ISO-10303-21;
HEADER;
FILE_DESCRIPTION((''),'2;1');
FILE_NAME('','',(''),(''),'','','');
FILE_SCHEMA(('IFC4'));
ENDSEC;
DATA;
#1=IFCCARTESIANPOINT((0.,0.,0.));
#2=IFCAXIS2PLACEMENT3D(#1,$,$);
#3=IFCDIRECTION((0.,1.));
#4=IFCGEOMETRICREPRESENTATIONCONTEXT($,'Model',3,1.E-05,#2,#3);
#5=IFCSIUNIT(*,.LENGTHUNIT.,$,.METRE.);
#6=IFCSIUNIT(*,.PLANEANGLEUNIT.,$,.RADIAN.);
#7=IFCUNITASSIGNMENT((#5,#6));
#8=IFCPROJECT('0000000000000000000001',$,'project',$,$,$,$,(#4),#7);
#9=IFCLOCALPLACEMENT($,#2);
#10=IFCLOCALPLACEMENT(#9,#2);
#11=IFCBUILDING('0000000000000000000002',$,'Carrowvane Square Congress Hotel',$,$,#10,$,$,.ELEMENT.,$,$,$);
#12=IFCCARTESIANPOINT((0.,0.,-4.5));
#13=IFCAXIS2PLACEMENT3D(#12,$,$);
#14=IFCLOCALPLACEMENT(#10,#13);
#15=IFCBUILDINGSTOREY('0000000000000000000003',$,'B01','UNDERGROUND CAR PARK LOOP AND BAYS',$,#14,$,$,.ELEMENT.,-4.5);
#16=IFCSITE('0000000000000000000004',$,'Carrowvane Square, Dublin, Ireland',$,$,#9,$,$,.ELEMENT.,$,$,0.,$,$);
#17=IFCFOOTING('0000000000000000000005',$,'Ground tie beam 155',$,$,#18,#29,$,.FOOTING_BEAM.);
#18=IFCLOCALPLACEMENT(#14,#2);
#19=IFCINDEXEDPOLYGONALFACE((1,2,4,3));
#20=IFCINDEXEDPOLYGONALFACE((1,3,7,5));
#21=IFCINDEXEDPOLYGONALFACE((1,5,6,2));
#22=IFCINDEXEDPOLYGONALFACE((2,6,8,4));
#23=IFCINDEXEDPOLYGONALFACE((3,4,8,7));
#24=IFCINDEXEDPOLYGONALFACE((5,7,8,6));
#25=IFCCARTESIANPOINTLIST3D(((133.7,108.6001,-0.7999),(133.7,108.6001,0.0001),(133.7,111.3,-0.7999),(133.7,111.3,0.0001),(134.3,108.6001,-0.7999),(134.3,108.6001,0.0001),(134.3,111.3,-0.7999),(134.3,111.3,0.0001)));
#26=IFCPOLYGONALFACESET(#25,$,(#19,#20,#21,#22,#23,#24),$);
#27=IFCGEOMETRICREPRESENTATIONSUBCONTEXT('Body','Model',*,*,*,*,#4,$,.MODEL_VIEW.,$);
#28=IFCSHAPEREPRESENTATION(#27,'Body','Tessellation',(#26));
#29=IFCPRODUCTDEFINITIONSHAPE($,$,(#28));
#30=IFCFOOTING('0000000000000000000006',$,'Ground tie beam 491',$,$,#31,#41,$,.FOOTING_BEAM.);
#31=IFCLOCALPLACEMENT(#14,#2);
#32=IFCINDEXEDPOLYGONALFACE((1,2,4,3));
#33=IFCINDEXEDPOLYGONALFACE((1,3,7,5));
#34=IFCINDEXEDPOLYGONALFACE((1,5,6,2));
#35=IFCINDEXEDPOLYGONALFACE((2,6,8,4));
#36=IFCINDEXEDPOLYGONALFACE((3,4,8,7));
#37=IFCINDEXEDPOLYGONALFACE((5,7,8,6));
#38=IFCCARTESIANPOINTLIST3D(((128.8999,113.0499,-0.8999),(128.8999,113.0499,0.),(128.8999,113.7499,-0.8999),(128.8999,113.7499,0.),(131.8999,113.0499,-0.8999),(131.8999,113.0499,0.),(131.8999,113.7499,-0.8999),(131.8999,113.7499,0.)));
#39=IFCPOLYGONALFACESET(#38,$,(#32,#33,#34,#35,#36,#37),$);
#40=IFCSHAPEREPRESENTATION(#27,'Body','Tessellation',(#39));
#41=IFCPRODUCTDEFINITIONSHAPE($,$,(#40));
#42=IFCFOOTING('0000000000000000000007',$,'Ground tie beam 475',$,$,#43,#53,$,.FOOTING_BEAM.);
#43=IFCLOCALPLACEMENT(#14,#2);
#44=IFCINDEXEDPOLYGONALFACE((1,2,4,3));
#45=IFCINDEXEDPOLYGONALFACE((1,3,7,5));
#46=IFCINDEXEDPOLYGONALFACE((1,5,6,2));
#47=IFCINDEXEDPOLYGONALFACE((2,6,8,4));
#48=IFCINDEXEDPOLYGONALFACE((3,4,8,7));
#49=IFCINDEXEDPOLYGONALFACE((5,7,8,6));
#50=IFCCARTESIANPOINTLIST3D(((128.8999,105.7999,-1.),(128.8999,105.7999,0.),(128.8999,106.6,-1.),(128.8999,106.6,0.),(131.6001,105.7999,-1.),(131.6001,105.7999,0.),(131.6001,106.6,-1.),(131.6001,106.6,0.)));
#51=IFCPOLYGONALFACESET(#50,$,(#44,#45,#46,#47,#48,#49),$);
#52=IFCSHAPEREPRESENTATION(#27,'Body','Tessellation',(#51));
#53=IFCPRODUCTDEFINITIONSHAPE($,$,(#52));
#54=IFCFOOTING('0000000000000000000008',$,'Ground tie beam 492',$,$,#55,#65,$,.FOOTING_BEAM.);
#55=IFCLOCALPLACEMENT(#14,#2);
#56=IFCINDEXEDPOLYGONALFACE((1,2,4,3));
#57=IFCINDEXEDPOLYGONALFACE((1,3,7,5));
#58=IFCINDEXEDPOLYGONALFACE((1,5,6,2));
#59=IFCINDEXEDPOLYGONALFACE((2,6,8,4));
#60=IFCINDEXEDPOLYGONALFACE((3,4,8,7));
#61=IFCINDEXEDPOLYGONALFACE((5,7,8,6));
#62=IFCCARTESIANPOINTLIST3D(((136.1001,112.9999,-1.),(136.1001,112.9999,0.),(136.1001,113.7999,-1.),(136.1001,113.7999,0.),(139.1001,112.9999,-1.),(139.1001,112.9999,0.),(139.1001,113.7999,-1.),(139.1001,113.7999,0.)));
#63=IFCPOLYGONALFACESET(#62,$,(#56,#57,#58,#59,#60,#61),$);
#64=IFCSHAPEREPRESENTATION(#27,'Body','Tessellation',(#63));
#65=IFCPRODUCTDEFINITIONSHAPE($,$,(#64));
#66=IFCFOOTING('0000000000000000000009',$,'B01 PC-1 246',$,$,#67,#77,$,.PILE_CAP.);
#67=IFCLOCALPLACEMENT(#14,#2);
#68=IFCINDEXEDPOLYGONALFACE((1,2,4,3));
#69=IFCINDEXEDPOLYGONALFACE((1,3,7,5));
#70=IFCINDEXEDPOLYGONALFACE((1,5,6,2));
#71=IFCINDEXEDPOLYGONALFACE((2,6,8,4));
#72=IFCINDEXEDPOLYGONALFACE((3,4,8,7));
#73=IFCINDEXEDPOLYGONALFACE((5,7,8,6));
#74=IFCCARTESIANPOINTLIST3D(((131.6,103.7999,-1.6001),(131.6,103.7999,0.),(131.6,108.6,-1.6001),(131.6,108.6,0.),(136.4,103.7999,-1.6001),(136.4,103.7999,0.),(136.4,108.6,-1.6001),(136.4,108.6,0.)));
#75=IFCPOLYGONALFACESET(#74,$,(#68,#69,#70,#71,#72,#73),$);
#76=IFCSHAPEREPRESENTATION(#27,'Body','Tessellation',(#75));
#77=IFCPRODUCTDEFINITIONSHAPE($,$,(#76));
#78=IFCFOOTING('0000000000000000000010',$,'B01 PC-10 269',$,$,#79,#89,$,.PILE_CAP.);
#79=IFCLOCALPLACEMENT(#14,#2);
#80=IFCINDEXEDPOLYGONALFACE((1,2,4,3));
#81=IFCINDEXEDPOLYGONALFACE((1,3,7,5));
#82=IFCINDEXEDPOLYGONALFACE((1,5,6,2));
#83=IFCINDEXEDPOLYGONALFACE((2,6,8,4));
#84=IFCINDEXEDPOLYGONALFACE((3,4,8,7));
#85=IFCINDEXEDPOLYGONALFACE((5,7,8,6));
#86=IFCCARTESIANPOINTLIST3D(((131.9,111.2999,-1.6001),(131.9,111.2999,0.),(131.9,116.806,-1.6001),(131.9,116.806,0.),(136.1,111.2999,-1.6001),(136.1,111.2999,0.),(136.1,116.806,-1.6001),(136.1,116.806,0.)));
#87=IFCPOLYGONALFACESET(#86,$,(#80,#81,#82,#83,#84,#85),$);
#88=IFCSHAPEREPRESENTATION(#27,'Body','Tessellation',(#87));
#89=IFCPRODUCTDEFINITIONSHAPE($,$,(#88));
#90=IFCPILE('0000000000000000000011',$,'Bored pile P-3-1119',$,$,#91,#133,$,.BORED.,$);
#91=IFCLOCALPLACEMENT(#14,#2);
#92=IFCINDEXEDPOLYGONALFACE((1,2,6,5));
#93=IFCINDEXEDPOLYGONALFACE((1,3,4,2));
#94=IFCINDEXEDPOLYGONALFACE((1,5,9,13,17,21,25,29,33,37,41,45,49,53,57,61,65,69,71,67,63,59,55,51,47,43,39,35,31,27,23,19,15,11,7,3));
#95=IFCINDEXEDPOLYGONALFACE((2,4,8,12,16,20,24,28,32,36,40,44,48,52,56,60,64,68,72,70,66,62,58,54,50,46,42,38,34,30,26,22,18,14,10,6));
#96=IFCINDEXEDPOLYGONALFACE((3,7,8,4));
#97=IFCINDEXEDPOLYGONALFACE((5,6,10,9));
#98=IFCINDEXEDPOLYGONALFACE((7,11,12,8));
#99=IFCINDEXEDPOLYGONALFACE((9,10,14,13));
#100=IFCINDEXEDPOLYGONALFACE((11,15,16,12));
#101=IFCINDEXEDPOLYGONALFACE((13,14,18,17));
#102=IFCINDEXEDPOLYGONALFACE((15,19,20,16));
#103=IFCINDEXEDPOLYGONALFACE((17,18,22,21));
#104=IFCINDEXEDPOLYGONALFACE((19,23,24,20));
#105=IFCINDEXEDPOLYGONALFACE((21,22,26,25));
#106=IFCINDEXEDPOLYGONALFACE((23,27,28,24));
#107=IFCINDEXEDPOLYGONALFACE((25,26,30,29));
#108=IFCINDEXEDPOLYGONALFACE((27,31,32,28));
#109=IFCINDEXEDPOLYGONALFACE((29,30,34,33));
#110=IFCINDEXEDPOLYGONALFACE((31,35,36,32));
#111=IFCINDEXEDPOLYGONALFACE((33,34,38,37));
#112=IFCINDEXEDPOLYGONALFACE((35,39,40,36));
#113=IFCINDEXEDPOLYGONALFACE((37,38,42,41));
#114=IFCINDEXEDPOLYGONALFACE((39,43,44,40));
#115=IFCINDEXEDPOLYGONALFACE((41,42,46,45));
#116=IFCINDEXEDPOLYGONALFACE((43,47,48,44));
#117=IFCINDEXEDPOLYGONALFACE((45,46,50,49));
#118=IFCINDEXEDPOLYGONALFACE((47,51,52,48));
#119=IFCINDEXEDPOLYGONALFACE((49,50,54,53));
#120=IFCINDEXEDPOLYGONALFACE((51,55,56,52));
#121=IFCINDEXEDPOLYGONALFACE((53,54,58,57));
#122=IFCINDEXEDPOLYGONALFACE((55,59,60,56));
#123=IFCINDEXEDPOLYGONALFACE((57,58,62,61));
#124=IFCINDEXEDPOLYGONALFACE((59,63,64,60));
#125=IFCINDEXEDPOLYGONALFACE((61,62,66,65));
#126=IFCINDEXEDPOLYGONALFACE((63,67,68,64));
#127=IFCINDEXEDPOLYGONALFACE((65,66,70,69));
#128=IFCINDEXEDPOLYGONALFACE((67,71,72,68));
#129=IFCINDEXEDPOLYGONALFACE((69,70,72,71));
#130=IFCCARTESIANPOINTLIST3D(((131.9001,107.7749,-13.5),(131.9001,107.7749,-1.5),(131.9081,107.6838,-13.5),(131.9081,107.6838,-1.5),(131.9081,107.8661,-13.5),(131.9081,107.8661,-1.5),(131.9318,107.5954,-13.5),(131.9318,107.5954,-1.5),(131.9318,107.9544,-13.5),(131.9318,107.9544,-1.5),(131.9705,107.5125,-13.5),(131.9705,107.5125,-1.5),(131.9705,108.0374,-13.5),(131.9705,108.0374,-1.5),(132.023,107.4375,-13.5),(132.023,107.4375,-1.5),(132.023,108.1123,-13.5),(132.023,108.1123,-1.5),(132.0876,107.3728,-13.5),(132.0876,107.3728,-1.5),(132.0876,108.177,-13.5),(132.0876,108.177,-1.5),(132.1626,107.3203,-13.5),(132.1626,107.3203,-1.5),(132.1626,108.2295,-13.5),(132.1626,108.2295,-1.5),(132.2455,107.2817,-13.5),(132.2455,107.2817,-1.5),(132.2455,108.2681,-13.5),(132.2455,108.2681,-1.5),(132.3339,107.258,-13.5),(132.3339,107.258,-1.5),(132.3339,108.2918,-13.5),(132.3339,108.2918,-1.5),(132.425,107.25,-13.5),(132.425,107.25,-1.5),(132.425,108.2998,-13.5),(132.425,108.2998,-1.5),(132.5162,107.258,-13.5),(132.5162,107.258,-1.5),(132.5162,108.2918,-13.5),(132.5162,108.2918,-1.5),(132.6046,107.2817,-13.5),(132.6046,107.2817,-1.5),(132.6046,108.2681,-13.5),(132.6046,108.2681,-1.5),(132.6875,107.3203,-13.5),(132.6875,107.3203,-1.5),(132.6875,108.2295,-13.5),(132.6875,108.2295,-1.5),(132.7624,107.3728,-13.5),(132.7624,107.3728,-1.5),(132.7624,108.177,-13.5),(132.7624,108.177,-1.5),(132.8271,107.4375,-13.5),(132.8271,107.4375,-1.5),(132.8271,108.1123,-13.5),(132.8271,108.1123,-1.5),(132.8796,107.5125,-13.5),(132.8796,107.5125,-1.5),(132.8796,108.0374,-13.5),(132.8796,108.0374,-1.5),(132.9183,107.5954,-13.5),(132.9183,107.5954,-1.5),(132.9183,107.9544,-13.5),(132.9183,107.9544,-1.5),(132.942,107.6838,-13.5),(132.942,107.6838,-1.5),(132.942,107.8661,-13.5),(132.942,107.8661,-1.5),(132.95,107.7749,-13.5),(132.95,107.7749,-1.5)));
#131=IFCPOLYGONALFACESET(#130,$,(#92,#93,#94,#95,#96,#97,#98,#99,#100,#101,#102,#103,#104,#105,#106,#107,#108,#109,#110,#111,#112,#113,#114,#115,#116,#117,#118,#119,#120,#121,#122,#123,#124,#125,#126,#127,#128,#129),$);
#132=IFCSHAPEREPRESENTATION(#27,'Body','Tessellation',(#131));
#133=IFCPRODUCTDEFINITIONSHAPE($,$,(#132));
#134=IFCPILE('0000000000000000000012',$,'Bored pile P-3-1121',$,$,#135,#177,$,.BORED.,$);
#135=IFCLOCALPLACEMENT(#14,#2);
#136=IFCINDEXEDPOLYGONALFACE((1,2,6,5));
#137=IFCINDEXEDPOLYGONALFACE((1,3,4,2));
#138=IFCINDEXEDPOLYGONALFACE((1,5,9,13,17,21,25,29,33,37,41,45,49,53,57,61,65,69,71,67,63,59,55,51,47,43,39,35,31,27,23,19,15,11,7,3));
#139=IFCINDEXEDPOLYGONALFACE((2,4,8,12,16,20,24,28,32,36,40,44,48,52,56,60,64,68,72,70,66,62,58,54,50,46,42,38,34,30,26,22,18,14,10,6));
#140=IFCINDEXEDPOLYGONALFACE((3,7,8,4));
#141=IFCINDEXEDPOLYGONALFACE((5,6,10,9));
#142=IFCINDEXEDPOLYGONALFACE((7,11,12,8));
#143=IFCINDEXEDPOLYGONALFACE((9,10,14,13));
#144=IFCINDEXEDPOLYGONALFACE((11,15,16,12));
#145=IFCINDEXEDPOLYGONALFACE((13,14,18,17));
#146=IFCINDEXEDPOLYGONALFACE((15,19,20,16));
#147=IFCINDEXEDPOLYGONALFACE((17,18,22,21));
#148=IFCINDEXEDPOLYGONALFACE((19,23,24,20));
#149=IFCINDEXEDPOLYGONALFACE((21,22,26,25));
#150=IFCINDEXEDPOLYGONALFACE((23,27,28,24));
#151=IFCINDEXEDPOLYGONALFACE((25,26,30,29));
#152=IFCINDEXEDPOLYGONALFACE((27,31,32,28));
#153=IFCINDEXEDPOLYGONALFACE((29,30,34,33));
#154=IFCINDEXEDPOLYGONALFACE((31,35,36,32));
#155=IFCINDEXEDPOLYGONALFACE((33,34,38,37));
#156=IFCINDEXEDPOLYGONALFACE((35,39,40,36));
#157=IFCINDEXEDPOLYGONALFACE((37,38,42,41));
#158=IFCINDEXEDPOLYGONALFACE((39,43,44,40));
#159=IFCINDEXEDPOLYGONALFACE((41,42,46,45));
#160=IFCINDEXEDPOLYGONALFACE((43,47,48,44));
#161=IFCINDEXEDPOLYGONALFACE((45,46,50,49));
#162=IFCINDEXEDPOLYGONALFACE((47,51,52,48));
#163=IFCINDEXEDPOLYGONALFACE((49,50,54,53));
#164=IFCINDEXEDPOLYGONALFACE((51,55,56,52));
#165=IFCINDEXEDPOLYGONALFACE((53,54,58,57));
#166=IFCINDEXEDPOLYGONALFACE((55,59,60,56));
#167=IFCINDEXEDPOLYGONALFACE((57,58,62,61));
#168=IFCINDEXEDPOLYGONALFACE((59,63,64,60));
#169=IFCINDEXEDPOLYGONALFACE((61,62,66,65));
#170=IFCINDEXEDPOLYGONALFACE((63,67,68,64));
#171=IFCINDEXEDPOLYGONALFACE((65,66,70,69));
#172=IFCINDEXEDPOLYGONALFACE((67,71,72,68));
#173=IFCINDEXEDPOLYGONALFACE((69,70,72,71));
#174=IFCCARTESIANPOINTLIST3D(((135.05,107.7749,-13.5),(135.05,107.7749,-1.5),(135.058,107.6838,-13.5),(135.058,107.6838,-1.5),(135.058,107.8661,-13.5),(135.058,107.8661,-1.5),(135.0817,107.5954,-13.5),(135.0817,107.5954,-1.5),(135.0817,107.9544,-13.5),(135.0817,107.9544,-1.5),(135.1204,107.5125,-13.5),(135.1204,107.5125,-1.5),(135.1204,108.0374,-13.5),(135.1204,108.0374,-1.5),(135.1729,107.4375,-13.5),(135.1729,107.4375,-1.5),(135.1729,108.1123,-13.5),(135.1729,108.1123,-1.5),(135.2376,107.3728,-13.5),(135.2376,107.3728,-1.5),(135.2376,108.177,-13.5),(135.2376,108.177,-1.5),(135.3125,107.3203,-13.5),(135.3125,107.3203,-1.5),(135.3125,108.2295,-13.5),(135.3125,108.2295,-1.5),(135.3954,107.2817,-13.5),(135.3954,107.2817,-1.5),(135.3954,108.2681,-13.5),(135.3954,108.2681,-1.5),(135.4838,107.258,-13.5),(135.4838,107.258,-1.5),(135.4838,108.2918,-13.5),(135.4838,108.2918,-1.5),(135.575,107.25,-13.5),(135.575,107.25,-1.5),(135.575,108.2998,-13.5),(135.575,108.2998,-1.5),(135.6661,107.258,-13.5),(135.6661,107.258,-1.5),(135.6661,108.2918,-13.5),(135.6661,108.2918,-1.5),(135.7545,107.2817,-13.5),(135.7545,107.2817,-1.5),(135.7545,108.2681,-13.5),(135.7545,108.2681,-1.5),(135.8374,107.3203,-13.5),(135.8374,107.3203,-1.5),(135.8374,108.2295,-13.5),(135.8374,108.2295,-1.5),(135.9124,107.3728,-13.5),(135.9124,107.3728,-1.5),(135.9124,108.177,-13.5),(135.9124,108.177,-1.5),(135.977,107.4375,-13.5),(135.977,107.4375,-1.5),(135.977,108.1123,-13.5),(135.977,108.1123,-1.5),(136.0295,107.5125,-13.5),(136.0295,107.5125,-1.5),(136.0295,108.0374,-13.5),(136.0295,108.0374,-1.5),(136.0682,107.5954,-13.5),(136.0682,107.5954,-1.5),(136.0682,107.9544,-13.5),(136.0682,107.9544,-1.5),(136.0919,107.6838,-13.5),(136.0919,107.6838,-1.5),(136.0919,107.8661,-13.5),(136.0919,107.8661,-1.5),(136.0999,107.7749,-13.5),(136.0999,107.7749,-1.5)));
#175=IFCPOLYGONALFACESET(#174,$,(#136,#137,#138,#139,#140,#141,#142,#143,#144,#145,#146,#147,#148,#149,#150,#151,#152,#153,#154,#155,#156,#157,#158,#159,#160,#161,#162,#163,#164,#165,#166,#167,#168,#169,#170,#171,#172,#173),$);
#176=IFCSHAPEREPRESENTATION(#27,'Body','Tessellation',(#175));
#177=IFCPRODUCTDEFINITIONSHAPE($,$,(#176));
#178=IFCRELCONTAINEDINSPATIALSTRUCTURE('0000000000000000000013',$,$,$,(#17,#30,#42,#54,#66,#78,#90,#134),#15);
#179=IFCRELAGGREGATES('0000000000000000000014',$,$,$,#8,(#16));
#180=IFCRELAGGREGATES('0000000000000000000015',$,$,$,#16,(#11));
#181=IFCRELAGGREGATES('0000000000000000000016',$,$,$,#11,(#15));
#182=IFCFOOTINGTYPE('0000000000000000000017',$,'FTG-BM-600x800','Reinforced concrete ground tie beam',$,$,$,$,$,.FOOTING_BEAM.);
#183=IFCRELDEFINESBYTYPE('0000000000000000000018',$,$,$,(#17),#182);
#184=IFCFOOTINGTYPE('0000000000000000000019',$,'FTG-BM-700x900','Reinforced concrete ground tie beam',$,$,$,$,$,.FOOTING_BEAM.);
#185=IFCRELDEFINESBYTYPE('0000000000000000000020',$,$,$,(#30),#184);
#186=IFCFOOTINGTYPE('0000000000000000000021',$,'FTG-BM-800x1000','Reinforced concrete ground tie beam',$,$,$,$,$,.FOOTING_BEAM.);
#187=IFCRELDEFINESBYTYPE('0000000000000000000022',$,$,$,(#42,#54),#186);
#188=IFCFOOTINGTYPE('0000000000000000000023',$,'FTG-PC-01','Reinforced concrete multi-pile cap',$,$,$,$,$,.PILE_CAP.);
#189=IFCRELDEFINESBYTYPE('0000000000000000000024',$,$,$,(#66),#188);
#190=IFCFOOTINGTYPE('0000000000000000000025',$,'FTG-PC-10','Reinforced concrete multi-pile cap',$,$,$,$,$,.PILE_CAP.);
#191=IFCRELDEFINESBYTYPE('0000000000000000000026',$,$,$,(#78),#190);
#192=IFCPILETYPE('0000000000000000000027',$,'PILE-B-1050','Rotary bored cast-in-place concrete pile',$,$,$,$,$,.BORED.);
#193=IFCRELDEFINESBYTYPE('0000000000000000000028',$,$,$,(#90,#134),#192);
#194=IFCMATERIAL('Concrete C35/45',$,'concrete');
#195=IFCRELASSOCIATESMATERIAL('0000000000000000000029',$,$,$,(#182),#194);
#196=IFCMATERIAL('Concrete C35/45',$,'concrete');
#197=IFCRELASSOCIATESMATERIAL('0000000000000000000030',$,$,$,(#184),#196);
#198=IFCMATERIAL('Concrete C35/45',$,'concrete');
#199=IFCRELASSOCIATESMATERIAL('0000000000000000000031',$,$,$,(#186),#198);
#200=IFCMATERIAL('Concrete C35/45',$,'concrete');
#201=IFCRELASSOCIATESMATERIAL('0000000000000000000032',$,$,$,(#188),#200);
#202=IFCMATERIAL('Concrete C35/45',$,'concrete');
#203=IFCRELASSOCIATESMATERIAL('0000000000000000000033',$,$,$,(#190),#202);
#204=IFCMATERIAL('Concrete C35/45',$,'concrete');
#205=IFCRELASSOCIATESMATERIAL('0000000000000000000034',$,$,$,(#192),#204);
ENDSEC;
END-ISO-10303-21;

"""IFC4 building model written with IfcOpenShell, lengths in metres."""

from ifc_helpers import new_model, si_unit, direction, frame, origin, origin_2d, place, context, subcontext, project, spatial, rectangle, circle, extrude, material, material_profile, profile_set, type_object, element, save


model = new_model("IFC4")

# Units and contexts
model_context = context("Model", 3, precision=1e-05, world=origin(), true_north=direction((0.0, 1.0)))
body_context = subcontext(model_context, "Body", "Model", "MODEL_VIEW")
ifc_project = project(units=[si_unit("LENGTHUNIT", "METRE"), si_unit("PLANEANGLEUNIT", "RADIAN")], contexts=[model_context])

# Site, building, storey
site_placement = place(None, origin())
site = spatial("IfcSite", under=ifc_project, at=site_placement, Name="Carrowvane Square, Dublin, Ireland", CompositionType="ELEMENT", RefElevation=0.0)
building_placement = place(site_placement, origin())
building = spatial("IfcBuilding", under=site, at=building_placement, Name="Carrowvane Square Congress Hotel", CompositionType="ELEMENT")
storey_placement = place(building_placement, frame((0.0, 0.0, -4.5)))
storey = spatial("IfcBuildingStorey", under=building, at=storey_placement, Name="B01", Description="UNDERGROUND CAR PARK LOOP AND BAYS", CompositionType="ELEMENT", Elevation=-4.5)

# Footings
ifc_material_1 = material(Name="Concrete C35/45", Category="concrete")
ifc_material_profile_1 = material_profile(ifc_material_1, rectangle(XDim=0.6001, YDim=0.8, at=origin_2d()), Name="RC 600x800")
ifc_profile_set_1 = profile_set([ifc_material_profile_1], Name="Concrete C35/45")
footing_type_1 = type_object("IfcFootingType", Name="FTG-BM-600x800", Description="Reinforced concrete ground tie beam", PredefinedType="FOOTING_BEAM", material=ifc_profile_set_1)
footing_1_placement = place(storey_placement, frame((134.0, 108.6001, -0.3999), z_axis=(0.0, 1.0, 0.0), x_axis=(-1.0, 0.0, 0.0)))
element("IfcFooting", 1, at=footing_1_placement, inside=storey, type_object=footing_type_1, Name="Ground tie beam 155", PredefinedType="FOOTING_BEAM", context=body_context, shape_type="SweptSolid", body=[
    extrude(rectangle(XDim=0.6001, YDim=0.8, at=origin_2d()), origin(), (0.0, 0.0, 1.0), 2.7),
])
ifc_material_2 = material(Name="Concrete C35/45", Category="concrete")
ifc_material_profile_2 = material_profile(ifc_material_2, rectangle(XDim=0.7, YDim=0.8999, at=origin_2d()), Name="RC 700x900")
ifc_profile_set_2 = profile_set([ifc_material_profile_2], Name="Concrete C35/45")
footing_type_2 = type_object("IfcFootingType", Name="FTG-BM-700x900", Description="Reinforced concrete ground tie beam", PredefinedType="FOOTING_BEAM", material=ifc_profile_set_2)
footing_2_placement = place(storey_placement, frame((128.8999, 113.3999, -0.45), z_axis=(1.0, 0.0, 0.0), x_axis=(0.0, 1.0, 0.0)))
element("IfcFooting", 2, at=footing_2_placement, inside=storey, type_object=footing_type_2, Name="Ground tie beam 491", PredefinedType="FOOTING_BEAM", context=body_context, shape_type="SweptSolid", body=[
    extrude(rectangle(XDim=0.7, YDim=0.8999, at=origin_2d()), origin(), (0.0, 0.0, 1.0), 3.0),
])
ifc_material_3 = material(Name="Concrete C35/45", Category="concrete")
ifc_material_profile_3 = material_profile(ifc_material_3, rectangle(XDim=0.8, YDim=1.0, at=origin_2d()), Name="RC 800x1000")
ifc_profile_set_3 = profile_set([ifc_material_profile_3], Name="Concrete C35/45")
footing_type_3 = type_object("IfcFootingType", Name="FTG-BM-800x1000", Description="Reinforced concrete ground tie beam", PredefinedType="FOOTING_BEAM", material=ifc_profile_set_3)
footing_3_placement = place(storey_placement, frame((128.8999, 106.2, -0.5), z_axis=(1.0, 0.0, 0.0), x_axis=(0.0, 1.0, 0.0)))
element("IfcFooting", 3, at=footing_3_placement, inside=storey, type_object=footing_type_3, Name="Ground tie beam 475", PredefinedType="FOOTING_BEAM", context=body_context, shape_type="SweptSolid", body=[
    extrude(rectangle(XDim=0.8, YDim=1.0, at=origin_2d()), origin(), (0.0, 0.0, 1.0), 2.7002),
])
footing_4_placement = place(storey_placement, frame((136.1001, 113.3999, -0.5), z_axis=(1.0, 0.0, 0.0), x_axis=(0.0, 1.0, 0.0)))
element("IfcFooting", 4, at=footing_4_placement, inside=storey, type_object=footing_type_3, Name="Ground tie beam 492", PredefinedType="FOOTING_BEAM", context=body_context, shape_type="SweptSolid", body=[
    extrude(rectangle(XDim=0.8, YDim=1.0, at=origin_2d()), origin(), (0.0, 0.0, 1.0), 3.0),
])
ifc_material_4 = material(Name="Concrete C35/45", Category="concrete")
footing_type_4 = type_object("IfcFootingType", Name="FTG-PC-01", Description="Reinforced concrete multi-pile cap", PredefinedType="PILE_CAP", material=ifc_material_4)
footing_5_placement = place(storey_placement, frame((134.0, 106.2, -1.6001), z_axis=(0.0, 0.0, 1.0), x_axis=(1.0, 0.0, 0.0)))
element("IfcFooting", 5, at=footing_5_placement, inside=storey, type_object=footing_type_4, Name="B01 PC-1 246", PredefinedType="PILE_CAP", context=body_context, shape_type="SweptSolid", body=[
    extrude(rectangle(XDim=4.8, YDim=4.8, at=origin_2d()), origin(), (0.0, 0.0, 1.0), 1.6001),
])
ifc_material_5 = material(Name="Concrete C35/45", Category="concrete")
footing_type_5 = type_object("IfcFootingType", Name="FTG-PC-10", Description="Reinforced concrete multi-pile cap", PredefinedType="PILE_CAP", material=ifc_material_5)
footing_6_placement = place(storey_placement, frame((134.0, 114.053, -1.6001), z_axis=(0.0, 0.0, 1.0), x_axis=(1.0, 0.0, 0.0)))
element("IfcFooting", 6, at=footing_6_placement, inside=storey, type_object=footing_type_5, Name="B01 PC-10 269", PredefinedType="PILE_CAP", context=body_context, shape_type="SweptSolid", body=[
    extrude(rectangle(XDim=4.2, YDim=5.5061, at=origin_2d()), origin(), (0.0, 0.0, 1.0), 1.6001),
])

# Piles
ifc_material_6 = material(Name="Concrete C35/45", Category="concrete")
ifc_material_profile_4 = material_profile(ifc_material_6, circle(Radius=0.5249, at=origin_2d()), Name="PILE D1050")
ifc_profile_set_4 = profile_set([ifc_material_profile_4], Name="Concrete C35/45")
pile_type_1 = type_object("IfcPileType", Name="PILE-B-1050", Description="Rotary bored cast-in-place concrete pile", PredefinedType="BORED", material=ifc_profile_set_4)
for number, where, z_axis, x_axis, name in (
    (7, (132.425, 107.7749, -1.5), (0.0, 0.0, -1.0), (1.0, 0.0, 0.0), "Bored pile P-3-1119"),
    (8, (135.575, 107.7749, -1.5), (0.0, 0.0, -1.0), (1.0, 0.0, 0.0), "Bored pile P-3-1121"),
):
    element("IfcPile", number, at=place(storey_placement, frame(where, z_axis=z_axis, x_axis=x_axis)), inside=storey, type_object=pile_type_1, Name=name, PredefinedType="BORED", context=body_context, shape_type="SweptSolid", body=[
        extrude(circle(Radius=0.5249, at=origin_2d()), origin(), (0.0, 0.0, 1.0), 12.0),
    ])

save(model, "model.ifc")
